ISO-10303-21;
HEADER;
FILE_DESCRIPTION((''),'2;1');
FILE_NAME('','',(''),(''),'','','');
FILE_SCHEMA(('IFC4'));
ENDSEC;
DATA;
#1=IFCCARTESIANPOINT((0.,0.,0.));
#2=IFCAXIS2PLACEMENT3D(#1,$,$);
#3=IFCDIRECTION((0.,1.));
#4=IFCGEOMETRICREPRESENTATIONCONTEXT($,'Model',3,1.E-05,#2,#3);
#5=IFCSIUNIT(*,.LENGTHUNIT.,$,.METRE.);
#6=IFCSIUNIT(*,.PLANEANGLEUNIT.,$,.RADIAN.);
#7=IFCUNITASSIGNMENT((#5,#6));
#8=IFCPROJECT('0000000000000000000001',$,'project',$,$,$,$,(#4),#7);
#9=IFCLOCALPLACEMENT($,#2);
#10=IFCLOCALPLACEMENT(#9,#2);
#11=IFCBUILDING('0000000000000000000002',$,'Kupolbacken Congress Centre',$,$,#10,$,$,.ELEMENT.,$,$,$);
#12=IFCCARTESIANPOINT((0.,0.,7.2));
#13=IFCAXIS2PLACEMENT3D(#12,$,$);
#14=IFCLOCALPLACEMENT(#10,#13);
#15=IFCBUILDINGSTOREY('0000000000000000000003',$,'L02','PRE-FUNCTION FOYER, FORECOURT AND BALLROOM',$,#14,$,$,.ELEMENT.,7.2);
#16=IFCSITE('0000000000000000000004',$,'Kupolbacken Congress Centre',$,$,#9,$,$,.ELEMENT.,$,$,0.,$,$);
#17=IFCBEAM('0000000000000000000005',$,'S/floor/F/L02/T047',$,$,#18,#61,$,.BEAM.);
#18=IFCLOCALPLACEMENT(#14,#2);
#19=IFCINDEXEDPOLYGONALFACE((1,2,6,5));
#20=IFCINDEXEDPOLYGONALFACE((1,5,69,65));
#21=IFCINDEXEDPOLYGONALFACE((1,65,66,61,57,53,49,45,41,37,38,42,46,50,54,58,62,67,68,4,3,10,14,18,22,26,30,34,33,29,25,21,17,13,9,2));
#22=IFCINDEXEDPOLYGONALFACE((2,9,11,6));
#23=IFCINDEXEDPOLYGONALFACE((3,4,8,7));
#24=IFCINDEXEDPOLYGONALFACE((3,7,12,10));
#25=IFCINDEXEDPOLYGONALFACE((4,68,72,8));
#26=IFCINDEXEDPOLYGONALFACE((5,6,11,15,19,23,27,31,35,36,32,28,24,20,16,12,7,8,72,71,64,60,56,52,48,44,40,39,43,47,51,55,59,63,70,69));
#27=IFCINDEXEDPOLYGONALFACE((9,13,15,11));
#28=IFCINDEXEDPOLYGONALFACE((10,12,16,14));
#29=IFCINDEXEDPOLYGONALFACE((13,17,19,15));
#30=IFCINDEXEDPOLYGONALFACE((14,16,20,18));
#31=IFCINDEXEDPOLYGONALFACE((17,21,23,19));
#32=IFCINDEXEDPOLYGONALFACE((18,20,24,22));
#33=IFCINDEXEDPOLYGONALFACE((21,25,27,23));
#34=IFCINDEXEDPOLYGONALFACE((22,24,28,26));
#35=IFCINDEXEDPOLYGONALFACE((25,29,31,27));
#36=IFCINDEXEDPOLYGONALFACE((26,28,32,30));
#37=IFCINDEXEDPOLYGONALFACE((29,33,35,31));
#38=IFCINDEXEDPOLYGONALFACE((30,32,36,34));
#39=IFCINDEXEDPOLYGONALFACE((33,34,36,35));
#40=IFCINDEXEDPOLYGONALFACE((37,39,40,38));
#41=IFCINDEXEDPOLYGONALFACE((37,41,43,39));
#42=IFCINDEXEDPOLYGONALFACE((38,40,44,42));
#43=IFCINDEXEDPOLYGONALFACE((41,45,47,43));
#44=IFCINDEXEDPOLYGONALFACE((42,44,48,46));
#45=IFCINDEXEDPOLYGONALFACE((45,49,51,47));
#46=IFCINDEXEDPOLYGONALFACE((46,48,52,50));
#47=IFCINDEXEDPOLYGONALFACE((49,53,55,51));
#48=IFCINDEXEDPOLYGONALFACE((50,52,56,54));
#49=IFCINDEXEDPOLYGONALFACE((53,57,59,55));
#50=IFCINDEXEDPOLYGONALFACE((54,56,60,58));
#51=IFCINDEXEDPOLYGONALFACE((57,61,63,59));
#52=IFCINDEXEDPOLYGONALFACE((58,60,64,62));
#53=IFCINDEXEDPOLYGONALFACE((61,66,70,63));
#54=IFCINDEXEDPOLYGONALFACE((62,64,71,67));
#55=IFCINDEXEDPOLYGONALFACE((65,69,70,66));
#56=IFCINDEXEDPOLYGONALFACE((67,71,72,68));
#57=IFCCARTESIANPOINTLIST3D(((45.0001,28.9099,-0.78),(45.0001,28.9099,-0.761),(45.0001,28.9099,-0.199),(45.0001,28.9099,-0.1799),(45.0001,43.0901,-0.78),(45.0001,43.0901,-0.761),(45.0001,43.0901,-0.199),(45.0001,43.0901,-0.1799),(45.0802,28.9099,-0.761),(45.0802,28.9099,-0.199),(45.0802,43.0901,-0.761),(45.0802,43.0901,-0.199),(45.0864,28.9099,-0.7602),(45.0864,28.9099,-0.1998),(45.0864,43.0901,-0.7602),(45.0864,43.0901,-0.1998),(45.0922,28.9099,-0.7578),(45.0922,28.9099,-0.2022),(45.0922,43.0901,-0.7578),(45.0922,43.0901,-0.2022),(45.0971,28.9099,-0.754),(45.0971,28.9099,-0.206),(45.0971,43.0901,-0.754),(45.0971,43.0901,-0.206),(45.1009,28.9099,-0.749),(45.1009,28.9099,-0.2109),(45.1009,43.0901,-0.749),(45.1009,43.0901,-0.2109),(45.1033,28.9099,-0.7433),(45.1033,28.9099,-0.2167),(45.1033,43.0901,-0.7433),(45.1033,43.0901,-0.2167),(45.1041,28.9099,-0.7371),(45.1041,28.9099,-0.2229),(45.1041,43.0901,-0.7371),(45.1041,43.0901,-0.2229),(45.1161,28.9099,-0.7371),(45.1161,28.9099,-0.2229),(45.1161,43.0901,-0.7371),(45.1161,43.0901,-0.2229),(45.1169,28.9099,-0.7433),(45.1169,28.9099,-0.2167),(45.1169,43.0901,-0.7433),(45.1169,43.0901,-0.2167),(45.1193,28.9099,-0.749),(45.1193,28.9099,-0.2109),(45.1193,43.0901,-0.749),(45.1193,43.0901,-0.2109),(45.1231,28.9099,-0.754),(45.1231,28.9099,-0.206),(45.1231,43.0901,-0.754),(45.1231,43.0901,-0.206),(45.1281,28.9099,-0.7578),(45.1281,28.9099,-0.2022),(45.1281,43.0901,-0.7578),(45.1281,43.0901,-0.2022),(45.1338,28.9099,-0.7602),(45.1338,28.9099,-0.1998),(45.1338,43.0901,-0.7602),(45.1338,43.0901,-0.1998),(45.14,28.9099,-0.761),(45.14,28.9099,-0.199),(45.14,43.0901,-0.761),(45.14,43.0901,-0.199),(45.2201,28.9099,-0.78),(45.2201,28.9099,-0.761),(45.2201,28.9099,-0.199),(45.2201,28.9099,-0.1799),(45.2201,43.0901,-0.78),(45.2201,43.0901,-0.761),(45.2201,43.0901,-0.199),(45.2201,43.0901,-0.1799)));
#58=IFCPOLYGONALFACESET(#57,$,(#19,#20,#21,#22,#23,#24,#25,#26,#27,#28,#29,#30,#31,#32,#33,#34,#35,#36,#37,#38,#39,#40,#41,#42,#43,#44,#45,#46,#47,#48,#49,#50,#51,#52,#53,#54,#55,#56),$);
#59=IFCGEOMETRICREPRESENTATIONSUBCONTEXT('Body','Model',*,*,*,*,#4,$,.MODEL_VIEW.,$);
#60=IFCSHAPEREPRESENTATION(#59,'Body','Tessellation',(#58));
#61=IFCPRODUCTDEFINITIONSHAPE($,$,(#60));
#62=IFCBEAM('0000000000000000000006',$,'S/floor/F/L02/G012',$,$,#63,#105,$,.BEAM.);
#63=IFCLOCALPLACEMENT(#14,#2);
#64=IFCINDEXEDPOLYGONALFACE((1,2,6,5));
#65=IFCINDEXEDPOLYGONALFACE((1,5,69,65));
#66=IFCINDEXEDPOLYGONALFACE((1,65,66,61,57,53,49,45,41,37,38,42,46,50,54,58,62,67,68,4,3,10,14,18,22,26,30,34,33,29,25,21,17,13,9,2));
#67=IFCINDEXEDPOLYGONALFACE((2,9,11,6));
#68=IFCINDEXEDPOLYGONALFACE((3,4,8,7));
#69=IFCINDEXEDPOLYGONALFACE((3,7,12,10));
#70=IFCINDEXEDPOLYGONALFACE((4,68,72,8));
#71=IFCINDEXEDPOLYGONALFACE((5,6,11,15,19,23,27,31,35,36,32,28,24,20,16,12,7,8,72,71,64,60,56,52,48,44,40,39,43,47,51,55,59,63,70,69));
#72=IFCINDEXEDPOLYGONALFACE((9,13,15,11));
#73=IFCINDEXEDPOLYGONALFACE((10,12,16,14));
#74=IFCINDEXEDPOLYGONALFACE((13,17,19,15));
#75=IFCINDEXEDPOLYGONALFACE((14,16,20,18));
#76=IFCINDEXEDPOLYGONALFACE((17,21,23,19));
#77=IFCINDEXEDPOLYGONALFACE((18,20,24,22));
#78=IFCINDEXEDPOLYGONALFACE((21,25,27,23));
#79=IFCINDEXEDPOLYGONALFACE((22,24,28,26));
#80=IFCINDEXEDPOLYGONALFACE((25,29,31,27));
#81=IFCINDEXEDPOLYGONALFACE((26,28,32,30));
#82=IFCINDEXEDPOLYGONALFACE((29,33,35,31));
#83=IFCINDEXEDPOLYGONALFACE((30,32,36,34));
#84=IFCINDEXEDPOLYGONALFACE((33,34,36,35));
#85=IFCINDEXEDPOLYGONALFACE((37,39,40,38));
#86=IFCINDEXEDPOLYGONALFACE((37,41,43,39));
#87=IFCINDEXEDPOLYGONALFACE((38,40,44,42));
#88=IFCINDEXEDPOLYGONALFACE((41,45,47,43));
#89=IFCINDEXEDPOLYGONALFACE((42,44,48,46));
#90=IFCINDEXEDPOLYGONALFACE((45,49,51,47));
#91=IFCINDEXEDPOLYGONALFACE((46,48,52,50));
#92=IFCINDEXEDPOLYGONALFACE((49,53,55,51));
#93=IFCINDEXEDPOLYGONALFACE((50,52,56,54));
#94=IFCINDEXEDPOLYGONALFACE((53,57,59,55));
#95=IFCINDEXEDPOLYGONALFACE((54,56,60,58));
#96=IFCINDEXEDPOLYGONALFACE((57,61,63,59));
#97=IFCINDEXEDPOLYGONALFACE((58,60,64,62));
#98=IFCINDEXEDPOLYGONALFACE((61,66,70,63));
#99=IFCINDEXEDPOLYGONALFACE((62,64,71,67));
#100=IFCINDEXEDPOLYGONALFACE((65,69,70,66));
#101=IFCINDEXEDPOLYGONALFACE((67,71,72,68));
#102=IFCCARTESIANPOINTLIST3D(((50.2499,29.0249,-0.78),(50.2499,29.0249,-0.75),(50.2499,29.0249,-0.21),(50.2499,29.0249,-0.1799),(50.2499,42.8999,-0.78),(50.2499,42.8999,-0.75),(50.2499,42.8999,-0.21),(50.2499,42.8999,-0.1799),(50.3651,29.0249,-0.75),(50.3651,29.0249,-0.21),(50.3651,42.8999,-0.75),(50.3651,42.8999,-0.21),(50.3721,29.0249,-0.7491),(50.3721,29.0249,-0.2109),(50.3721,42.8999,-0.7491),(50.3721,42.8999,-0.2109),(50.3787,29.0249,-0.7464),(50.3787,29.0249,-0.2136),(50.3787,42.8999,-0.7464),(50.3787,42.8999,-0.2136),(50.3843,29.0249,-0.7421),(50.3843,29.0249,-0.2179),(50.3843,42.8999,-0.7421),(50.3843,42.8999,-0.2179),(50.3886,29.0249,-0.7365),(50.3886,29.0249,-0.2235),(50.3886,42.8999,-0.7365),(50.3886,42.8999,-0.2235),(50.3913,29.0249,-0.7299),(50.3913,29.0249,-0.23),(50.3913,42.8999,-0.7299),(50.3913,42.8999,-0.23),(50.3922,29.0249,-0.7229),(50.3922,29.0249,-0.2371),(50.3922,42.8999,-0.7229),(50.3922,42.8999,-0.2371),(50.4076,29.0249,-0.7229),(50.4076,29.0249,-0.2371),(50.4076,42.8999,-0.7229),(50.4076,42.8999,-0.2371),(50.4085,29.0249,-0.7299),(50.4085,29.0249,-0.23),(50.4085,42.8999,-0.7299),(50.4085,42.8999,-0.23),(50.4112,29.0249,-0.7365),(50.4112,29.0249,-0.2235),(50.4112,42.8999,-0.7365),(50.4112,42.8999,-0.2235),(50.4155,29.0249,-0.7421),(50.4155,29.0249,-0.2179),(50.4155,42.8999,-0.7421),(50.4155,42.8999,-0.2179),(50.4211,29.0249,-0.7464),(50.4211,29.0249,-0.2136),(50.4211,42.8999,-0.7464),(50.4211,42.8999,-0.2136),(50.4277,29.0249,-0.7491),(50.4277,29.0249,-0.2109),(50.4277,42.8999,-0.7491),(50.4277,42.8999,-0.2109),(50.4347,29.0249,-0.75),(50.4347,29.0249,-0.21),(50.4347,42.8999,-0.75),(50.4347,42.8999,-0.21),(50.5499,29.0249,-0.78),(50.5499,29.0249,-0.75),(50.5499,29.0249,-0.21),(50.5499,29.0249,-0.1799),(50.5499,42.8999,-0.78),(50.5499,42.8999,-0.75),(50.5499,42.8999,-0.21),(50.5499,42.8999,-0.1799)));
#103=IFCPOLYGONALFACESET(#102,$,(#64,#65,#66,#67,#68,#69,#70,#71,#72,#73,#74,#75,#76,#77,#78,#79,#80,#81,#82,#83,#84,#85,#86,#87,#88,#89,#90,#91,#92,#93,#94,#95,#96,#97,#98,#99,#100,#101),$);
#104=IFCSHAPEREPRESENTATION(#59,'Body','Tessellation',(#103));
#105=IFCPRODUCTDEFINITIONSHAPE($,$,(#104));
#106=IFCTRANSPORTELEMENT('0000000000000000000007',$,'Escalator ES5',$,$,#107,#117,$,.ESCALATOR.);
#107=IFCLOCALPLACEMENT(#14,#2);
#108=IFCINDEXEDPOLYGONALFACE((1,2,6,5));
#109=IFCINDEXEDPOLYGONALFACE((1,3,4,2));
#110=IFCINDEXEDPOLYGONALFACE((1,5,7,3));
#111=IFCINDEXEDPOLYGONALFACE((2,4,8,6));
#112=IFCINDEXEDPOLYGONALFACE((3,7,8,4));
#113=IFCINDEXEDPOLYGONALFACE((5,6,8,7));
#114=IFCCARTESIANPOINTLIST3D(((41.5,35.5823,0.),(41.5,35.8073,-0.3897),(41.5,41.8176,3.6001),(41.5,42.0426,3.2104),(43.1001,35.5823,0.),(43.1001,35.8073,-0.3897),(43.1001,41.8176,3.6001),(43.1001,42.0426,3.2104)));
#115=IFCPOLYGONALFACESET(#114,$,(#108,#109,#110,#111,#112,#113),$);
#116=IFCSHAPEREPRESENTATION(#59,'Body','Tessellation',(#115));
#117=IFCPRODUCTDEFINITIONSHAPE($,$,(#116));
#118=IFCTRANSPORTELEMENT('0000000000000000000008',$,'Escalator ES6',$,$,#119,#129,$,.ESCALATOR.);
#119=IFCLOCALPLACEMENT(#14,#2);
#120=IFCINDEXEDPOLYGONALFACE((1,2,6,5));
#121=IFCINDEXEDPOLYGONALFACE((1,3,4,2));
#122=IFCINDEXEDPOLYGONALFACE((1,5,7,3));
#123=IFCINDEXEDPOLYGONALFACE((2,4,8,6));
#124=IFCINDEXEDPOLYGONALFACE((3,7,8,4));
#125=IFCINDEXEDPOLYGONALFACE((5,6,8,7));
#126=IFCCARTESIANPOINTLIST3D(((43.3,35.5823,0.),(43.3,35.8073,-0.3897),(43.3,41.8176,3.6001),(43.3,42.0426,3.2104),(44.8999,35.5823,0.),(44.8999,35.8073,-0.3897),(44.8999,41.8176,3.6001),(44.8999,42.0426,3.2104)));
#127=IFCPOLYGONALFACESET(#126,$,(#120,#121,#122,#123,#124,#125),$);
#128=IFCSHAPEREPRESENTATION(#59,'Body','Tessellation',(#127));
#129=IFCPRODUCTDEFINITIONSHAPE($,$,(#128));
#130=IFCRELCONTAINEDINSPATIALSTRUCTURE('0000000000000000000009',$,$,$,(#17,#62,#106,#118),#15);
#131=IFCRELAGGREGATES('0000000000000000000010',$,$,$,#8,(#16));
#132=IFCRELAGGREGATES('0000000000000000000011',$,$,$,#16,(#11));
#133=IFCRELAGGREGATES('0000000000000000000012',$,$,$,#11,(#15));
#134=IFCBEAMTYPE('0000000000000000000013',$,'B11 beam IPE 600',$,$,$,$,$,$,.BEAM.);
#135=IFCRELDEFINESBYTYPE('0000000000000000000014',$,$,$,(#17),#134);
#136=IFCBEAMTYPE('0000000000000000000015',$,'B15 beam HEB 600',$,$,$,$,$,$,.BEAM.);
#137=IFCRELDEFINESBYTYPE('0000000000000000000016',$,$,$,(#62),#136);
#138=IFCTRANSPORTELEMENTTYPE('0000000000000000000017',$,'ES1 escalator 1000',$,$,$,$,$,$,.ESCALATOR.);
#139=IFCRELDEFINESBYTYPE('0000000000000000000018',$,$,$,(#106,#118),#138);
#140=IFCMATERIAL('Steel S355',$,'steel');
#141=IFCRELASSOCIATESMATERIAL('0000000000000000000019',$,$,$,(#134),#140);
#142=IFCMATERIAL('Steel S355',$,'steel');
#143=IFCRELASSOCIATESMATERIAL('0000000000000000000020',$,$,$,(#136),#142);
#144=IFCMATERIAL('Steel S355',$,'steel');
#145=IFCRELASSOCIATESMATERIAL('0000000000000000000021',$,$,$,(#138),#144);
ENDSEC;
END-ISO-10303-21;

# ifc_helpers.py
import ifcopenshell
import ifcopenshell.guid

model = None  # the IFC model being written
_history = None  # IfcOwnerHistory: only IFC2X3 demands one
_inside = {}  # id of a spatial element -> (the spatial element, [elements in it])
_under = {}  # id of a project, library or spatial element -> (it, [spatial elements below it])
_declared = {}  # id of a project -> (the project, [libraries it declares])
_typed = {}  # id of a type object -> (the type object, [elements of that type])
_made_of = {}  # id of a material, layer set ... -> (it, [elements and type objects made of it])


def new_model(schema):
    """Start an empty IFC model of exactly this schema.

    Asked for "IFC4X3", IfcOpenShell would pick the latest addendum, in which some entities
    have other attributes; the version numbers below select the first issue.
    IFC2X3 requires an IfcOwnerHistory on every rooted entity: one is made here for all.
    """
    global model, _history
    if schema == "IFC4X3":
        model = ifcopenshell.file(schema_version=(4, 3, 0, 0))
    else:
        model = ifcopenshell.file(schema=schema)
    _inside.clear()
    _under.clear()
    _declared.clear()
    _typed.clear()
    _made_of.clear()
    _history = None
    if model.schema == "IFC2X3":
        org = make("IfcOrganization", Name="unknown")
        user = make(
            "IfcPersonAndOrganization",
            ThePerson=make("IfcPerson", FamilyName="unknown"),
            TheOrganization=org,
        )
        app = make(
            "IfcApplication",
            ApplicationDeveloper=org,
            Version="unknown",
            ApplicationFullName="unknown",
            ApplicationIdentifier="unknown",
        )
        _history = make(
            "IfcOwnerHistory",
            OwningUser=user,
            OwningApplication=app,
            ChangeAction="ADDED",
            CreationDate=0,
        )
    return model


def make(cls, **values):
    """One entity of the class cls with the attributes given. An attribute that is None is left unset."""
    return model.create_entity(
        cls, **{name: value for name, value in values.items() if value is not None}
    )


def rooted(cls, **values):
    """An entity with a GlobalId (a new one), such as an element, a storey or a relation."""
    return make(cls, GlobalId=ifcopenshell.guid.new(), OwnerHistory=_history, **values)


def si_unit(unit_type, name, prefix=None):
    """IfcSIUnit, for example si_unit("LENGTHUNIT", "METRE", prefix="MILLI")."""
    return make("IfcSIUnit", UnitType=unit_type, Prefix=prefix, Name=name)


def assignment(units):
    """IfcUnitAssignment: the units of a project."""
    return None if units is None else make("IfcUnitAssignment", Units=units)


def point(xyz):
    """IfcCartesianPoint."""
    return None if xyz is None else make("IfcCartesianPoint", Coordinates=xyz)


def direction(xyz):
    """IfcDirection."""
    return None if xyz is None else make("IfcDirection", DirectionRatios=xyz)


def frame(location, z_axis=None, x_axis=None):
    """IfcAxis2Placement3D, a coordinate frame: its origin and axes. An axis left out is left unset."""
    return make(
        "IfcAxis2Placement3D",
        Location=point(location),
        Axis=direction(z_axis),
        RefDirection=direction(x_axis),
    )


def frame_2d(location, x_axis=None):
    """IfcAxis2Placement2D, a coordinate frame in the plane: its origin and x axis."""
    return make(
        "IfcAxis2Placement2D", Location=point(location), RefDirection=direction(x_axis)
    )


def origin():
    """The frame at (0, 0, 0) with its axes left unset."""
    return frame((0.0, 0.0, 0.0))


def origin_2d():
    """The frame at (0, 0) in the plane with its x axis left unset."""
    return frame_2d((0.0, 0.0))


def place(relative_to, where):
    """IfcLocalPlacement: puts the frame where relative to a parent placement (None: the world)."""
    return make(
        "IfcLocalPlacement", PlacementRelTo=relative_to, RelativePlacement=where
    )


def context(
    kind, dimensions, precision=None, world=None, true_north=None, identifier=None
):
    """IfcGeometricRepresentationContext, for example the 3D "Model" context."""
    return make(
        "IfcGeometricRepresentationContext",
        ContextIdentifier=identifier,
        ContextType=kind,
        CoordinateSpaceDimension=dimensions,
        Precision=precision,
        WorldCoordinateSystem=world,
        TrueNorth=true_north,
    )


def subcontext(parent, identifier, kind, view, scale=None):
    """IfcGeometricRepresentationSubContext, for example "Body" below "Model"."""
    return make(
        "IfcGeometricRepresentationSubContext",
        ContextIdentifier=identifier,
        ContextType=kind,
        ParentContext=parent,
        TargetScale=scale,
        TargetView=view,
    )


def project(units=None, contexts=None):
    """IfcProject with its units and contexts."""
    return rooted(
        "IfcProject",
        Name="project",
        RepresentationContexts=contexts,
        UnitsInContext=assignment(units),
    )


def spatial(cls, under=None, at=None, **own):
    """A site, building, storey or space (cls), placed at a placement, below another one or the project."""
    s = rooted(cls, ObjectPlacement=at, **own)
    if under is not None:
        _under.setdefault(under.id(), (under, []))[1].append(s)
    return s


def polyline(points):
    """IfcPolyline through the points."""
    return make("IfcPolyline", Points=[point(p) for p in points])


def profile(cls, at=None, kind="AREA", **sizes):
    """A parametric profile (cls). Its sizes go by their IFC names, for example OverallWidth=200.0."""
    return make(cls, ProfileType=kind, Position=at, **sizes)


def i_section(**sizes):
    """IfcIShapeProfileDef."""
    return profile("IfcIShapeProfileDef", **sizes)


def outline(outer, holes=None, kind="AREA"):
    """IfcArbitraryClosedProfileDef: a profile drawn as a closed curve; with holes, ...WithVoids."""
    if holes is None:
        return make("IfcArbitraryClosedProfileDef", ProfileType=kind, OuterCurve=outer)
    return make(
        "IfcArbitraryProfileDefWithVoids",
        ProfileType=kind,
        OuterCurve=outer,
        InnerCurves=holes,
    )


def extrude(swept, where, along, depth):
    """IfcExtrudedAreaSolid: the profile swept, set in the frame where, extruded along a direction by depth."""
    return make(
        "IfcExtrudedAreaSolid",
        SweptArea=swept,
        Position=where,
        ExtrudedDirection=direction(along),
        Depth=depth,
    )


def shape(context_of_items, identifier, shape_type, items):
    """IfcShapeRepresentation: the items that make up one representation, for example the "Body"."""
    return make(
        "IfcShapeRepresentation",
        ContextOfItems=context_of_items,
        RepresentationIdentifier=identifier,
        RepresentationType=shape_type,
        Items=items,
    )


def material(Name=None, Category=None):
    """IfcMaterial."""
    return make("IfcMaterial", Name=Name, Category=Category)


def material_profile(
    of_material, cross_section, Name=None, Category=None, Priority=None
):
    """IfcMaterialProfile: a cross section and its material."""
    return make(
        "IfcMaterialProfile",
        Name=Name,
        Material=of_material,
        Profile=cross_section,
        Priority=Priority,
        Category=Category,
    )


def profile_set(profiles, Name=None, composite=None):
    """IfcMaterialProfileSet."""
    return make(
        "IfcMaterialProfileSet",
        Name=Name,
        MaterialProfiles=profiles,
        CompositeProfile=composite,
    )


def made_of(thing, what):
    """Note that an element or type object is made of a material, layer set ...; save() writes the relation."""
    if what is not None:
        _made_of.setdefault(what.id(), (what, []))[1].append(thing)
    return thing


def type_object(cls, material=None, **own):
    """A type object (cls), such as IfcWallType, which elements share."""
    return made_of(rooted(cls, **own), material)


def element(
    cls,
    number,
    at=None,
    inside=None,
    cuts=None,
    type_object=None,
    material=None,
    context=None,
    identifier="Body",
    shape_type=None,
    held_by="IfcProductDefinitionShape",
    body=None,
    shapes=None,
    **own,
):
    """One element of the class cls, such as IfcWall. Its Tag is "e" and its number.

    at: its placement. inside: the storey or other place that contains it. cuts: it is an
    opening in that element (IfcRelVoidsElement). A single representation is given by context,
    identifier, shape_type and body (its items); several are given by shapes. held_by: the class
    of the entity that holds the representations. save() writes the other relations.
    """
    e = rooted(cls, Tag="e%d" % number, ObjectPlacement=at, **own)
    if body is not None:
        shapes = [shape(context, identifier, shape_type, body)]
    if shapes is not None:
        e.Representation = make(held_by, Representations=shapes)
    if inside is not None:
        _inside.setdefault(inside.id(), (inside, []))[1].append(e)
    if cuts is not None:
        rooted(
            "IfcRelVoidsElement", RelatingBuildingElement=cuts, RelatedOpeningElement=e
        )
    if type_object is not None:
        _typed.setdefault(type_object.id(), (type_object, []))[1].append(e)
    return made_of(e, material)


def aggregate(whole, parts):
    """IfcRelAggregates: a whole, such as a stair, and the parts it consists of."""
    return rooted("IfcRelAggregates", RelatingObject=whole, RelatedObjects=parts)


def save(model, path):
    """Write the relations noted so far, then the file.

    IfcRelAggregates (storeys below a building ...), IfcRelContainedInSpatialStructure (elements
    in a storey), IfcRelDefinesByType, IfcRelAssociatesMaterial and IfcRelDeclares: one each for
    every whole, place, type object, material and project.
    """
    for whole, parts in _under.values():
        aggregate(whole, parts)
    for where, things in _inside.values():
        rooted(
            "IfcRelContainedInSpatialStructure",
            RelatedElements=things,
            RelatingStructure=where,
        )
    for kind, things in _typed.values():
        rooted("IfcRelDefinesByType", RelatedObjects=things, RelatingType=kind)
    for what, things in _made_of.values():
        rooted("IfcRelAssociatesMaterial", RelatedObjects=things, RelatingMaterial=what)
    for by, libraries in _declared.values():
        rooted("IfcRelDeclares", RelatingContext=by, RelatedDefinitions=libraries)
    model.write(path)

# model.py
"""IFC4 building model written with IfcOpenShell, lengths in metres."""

from ifc_helpers import new_model, si_unit, direction, frame, origin, origin_2d, place, context, subcontext, project, spatial, polyline, i_section, outline, extrude, material, material_profile, profile_set, type_object, element, save


model = new_model("IFC4")

# Units and contexts
model_context = context("Model", 3, precision=1e-05, world=origin(), true_north=direction((0.0, 1.0)))
body_context = subcontext(model_context, "Body", "Model", "MODEL_VIEW")
ifc_project = project(units=[si_unit("LENGTHUNIT", "METRE"), si_unit("PLANEANGLEUNIT", "RADIAN")], contexts=[model_context])

# Site, building, storey
site_placement = place(None, origin())
site = spatial("IfcSite", under=ifc_project, at=site_placement, Name="Kupolbacken Congress Centre", CompositionType="ELEMENT", RefElevation=0.0)
building_placement = place(site_placement, origin())
building = spatial("IfcBuilding", under=site, at=building_placement, Name="Kupolbacken Congress Centre", CompositionType="ELEMENT")
storey_placement = place(building_placement, frame((0.0, 0.0, 7.2)))
storey = spatial("IfcBuildingStorey", under=building, at=storey_placement, Name="L02", Description="PRE-FUNCTION FOYER, FORECOURT AND BALLROOM", CompositionType="ELEMENT", Elevation=7.2)

# Beams
ifc_material_1 = material(Name="Steel S355", Category="steel")
ifc_material_profile_1 = material_profile(ifc_material_1, i_section(OverallWidth=0.22, OverallDepth=0.6001, WebThickness=0.012, FlangeThickness=0.019, FilletRadius=0.0239, at=origin_2d()), Name="IPE 600")
ifc_profile_set_1 = profile_set([ifc_material_profile_1], Name="Steel S355")
beam_type_1 = type_object("IfcBeamType", Name="B11 beam IPE 600", PredefinedType="BEAM", material=ifc_profile_set_1)
for number, where, z_axis, x_axis, name in (
    (1, (45.1101, 28.9099, -0.48), (0.0, 1.0, 0.0), (-1.0, 0.0, 0.0), "S/floor/F/L02/T047"),
):
    element("IfcBeam", number, at=place(storey_placement, frame(where, z_axis=z_axis, x_axis=x_axis)), inside=storey, type_object=beam_type_1, Name=name, PredefinedType="BEAM", context=body_context, shape_type="SweptSolid", body=[
        extrude(i_section(OverallWidth=0.22, OverallDepth=0.6001, WebThickness=0.012, FlangeThickness=0.019, FilletRadius=0.0239, at=origin_2d()), origin(), (0.0, 0.0, 1.0), 14.1802),
    ])
ifc_material_2 = material(Name="Steel S355", Category="steel")
ifc_material_profile_2 = material_profile(ifc_material_2, i_section(OverallWidth=0.3, OverallDepth=0.6001, WebThickness=0.0154, FlangeThickness=0.03, FilletRadius=0.0271, at=origin_2d()), Name="HEB 600")
ifc_profile_set_2 = profile_set([ifc_material_profile_2], Name="Steel S355")
beam_type_2 = type_object("IfcBeamType", Name="B15 beam HEB 600", PredefinedType="BEAM", material=ifc_profile_set_2)
beam_1_placement = place(storey_placement, frame((50.3999, 29.0249, -0.48), z_axis=(0.0, 1.0, 0.0), x_axis=(-1.0, 0.0, 0.0)))
element("IfcBeam", 2, at=beam_1_placement, inside=storey, type_object=beam_type_2, Name="S/floor/F/L02/G012", PredefinedType="BEAM", context=body_context, shape_type="SweptSolid", body=[
    extrude(i_section(OverallWidth=0.3, OverallDepth=0.6001, WebThickness=0.0154, FlangeThickness=0.03, FilletRadius=0.0271, at=origin_2d()), origin(), (0.0, 0.0, 1.0), 13.875),
])

# Transport elements
ifc_material_3 = material(Name="Steel S355", Category="steel")
transport_element_type = type_object("IfcTransportElementType", Name="ES1 escalator 1000", PredefinedType="ESCALATOR", material=ifc_material_3)
transport_element_1_placement = place(storey_placement, frame((41.5, 35.5823, 0.0), z_axis=(0.0, -0.500012, 0.866018), x_axis=(1.0, 0.0, 0.0)))
element("IfcTransportElement", 3, at=transport_element_1_placement, inside=storey, type_object=transport_element_type, Name="Escalator ES5", PredefinedType="ESCALATOR", context=body_context, shape_type="SweptSolid", body=[
    extrude(outline(polyline([(0.0, 0.0), (1.6001, 0.0), (1.6001, 7.2), (0.0, 7.2), (0.0, 0.0)])), origin(), (0.0, 0.0, -1.0), 0.45),
])
transport_element_2_placement = place(storey_placement, frame((43.3, 35.5823, 0.0), z_axis=(0.0, -0.500012, 0.866018), x_axis=(1.0, 0.0, 0.0)))
element("IfcTransportElement", 4, at=transport_element_2_placement, inside=storey, type_object=transport_element_type, Name="Escalator ES6", PredefinedType="ESCALATOR", context=body_context, shape_type="SweptSolid", body=[
    extrude(outline(polyline([(0.0, 0.0), (1.5999, 0.0), (1.5999, 7.2), (0.0, 7.2), (0.0, 0.0)])), origin(), (0.0, 0.0, -1.0), 0.45),
])

save(model, "model.ifc")
